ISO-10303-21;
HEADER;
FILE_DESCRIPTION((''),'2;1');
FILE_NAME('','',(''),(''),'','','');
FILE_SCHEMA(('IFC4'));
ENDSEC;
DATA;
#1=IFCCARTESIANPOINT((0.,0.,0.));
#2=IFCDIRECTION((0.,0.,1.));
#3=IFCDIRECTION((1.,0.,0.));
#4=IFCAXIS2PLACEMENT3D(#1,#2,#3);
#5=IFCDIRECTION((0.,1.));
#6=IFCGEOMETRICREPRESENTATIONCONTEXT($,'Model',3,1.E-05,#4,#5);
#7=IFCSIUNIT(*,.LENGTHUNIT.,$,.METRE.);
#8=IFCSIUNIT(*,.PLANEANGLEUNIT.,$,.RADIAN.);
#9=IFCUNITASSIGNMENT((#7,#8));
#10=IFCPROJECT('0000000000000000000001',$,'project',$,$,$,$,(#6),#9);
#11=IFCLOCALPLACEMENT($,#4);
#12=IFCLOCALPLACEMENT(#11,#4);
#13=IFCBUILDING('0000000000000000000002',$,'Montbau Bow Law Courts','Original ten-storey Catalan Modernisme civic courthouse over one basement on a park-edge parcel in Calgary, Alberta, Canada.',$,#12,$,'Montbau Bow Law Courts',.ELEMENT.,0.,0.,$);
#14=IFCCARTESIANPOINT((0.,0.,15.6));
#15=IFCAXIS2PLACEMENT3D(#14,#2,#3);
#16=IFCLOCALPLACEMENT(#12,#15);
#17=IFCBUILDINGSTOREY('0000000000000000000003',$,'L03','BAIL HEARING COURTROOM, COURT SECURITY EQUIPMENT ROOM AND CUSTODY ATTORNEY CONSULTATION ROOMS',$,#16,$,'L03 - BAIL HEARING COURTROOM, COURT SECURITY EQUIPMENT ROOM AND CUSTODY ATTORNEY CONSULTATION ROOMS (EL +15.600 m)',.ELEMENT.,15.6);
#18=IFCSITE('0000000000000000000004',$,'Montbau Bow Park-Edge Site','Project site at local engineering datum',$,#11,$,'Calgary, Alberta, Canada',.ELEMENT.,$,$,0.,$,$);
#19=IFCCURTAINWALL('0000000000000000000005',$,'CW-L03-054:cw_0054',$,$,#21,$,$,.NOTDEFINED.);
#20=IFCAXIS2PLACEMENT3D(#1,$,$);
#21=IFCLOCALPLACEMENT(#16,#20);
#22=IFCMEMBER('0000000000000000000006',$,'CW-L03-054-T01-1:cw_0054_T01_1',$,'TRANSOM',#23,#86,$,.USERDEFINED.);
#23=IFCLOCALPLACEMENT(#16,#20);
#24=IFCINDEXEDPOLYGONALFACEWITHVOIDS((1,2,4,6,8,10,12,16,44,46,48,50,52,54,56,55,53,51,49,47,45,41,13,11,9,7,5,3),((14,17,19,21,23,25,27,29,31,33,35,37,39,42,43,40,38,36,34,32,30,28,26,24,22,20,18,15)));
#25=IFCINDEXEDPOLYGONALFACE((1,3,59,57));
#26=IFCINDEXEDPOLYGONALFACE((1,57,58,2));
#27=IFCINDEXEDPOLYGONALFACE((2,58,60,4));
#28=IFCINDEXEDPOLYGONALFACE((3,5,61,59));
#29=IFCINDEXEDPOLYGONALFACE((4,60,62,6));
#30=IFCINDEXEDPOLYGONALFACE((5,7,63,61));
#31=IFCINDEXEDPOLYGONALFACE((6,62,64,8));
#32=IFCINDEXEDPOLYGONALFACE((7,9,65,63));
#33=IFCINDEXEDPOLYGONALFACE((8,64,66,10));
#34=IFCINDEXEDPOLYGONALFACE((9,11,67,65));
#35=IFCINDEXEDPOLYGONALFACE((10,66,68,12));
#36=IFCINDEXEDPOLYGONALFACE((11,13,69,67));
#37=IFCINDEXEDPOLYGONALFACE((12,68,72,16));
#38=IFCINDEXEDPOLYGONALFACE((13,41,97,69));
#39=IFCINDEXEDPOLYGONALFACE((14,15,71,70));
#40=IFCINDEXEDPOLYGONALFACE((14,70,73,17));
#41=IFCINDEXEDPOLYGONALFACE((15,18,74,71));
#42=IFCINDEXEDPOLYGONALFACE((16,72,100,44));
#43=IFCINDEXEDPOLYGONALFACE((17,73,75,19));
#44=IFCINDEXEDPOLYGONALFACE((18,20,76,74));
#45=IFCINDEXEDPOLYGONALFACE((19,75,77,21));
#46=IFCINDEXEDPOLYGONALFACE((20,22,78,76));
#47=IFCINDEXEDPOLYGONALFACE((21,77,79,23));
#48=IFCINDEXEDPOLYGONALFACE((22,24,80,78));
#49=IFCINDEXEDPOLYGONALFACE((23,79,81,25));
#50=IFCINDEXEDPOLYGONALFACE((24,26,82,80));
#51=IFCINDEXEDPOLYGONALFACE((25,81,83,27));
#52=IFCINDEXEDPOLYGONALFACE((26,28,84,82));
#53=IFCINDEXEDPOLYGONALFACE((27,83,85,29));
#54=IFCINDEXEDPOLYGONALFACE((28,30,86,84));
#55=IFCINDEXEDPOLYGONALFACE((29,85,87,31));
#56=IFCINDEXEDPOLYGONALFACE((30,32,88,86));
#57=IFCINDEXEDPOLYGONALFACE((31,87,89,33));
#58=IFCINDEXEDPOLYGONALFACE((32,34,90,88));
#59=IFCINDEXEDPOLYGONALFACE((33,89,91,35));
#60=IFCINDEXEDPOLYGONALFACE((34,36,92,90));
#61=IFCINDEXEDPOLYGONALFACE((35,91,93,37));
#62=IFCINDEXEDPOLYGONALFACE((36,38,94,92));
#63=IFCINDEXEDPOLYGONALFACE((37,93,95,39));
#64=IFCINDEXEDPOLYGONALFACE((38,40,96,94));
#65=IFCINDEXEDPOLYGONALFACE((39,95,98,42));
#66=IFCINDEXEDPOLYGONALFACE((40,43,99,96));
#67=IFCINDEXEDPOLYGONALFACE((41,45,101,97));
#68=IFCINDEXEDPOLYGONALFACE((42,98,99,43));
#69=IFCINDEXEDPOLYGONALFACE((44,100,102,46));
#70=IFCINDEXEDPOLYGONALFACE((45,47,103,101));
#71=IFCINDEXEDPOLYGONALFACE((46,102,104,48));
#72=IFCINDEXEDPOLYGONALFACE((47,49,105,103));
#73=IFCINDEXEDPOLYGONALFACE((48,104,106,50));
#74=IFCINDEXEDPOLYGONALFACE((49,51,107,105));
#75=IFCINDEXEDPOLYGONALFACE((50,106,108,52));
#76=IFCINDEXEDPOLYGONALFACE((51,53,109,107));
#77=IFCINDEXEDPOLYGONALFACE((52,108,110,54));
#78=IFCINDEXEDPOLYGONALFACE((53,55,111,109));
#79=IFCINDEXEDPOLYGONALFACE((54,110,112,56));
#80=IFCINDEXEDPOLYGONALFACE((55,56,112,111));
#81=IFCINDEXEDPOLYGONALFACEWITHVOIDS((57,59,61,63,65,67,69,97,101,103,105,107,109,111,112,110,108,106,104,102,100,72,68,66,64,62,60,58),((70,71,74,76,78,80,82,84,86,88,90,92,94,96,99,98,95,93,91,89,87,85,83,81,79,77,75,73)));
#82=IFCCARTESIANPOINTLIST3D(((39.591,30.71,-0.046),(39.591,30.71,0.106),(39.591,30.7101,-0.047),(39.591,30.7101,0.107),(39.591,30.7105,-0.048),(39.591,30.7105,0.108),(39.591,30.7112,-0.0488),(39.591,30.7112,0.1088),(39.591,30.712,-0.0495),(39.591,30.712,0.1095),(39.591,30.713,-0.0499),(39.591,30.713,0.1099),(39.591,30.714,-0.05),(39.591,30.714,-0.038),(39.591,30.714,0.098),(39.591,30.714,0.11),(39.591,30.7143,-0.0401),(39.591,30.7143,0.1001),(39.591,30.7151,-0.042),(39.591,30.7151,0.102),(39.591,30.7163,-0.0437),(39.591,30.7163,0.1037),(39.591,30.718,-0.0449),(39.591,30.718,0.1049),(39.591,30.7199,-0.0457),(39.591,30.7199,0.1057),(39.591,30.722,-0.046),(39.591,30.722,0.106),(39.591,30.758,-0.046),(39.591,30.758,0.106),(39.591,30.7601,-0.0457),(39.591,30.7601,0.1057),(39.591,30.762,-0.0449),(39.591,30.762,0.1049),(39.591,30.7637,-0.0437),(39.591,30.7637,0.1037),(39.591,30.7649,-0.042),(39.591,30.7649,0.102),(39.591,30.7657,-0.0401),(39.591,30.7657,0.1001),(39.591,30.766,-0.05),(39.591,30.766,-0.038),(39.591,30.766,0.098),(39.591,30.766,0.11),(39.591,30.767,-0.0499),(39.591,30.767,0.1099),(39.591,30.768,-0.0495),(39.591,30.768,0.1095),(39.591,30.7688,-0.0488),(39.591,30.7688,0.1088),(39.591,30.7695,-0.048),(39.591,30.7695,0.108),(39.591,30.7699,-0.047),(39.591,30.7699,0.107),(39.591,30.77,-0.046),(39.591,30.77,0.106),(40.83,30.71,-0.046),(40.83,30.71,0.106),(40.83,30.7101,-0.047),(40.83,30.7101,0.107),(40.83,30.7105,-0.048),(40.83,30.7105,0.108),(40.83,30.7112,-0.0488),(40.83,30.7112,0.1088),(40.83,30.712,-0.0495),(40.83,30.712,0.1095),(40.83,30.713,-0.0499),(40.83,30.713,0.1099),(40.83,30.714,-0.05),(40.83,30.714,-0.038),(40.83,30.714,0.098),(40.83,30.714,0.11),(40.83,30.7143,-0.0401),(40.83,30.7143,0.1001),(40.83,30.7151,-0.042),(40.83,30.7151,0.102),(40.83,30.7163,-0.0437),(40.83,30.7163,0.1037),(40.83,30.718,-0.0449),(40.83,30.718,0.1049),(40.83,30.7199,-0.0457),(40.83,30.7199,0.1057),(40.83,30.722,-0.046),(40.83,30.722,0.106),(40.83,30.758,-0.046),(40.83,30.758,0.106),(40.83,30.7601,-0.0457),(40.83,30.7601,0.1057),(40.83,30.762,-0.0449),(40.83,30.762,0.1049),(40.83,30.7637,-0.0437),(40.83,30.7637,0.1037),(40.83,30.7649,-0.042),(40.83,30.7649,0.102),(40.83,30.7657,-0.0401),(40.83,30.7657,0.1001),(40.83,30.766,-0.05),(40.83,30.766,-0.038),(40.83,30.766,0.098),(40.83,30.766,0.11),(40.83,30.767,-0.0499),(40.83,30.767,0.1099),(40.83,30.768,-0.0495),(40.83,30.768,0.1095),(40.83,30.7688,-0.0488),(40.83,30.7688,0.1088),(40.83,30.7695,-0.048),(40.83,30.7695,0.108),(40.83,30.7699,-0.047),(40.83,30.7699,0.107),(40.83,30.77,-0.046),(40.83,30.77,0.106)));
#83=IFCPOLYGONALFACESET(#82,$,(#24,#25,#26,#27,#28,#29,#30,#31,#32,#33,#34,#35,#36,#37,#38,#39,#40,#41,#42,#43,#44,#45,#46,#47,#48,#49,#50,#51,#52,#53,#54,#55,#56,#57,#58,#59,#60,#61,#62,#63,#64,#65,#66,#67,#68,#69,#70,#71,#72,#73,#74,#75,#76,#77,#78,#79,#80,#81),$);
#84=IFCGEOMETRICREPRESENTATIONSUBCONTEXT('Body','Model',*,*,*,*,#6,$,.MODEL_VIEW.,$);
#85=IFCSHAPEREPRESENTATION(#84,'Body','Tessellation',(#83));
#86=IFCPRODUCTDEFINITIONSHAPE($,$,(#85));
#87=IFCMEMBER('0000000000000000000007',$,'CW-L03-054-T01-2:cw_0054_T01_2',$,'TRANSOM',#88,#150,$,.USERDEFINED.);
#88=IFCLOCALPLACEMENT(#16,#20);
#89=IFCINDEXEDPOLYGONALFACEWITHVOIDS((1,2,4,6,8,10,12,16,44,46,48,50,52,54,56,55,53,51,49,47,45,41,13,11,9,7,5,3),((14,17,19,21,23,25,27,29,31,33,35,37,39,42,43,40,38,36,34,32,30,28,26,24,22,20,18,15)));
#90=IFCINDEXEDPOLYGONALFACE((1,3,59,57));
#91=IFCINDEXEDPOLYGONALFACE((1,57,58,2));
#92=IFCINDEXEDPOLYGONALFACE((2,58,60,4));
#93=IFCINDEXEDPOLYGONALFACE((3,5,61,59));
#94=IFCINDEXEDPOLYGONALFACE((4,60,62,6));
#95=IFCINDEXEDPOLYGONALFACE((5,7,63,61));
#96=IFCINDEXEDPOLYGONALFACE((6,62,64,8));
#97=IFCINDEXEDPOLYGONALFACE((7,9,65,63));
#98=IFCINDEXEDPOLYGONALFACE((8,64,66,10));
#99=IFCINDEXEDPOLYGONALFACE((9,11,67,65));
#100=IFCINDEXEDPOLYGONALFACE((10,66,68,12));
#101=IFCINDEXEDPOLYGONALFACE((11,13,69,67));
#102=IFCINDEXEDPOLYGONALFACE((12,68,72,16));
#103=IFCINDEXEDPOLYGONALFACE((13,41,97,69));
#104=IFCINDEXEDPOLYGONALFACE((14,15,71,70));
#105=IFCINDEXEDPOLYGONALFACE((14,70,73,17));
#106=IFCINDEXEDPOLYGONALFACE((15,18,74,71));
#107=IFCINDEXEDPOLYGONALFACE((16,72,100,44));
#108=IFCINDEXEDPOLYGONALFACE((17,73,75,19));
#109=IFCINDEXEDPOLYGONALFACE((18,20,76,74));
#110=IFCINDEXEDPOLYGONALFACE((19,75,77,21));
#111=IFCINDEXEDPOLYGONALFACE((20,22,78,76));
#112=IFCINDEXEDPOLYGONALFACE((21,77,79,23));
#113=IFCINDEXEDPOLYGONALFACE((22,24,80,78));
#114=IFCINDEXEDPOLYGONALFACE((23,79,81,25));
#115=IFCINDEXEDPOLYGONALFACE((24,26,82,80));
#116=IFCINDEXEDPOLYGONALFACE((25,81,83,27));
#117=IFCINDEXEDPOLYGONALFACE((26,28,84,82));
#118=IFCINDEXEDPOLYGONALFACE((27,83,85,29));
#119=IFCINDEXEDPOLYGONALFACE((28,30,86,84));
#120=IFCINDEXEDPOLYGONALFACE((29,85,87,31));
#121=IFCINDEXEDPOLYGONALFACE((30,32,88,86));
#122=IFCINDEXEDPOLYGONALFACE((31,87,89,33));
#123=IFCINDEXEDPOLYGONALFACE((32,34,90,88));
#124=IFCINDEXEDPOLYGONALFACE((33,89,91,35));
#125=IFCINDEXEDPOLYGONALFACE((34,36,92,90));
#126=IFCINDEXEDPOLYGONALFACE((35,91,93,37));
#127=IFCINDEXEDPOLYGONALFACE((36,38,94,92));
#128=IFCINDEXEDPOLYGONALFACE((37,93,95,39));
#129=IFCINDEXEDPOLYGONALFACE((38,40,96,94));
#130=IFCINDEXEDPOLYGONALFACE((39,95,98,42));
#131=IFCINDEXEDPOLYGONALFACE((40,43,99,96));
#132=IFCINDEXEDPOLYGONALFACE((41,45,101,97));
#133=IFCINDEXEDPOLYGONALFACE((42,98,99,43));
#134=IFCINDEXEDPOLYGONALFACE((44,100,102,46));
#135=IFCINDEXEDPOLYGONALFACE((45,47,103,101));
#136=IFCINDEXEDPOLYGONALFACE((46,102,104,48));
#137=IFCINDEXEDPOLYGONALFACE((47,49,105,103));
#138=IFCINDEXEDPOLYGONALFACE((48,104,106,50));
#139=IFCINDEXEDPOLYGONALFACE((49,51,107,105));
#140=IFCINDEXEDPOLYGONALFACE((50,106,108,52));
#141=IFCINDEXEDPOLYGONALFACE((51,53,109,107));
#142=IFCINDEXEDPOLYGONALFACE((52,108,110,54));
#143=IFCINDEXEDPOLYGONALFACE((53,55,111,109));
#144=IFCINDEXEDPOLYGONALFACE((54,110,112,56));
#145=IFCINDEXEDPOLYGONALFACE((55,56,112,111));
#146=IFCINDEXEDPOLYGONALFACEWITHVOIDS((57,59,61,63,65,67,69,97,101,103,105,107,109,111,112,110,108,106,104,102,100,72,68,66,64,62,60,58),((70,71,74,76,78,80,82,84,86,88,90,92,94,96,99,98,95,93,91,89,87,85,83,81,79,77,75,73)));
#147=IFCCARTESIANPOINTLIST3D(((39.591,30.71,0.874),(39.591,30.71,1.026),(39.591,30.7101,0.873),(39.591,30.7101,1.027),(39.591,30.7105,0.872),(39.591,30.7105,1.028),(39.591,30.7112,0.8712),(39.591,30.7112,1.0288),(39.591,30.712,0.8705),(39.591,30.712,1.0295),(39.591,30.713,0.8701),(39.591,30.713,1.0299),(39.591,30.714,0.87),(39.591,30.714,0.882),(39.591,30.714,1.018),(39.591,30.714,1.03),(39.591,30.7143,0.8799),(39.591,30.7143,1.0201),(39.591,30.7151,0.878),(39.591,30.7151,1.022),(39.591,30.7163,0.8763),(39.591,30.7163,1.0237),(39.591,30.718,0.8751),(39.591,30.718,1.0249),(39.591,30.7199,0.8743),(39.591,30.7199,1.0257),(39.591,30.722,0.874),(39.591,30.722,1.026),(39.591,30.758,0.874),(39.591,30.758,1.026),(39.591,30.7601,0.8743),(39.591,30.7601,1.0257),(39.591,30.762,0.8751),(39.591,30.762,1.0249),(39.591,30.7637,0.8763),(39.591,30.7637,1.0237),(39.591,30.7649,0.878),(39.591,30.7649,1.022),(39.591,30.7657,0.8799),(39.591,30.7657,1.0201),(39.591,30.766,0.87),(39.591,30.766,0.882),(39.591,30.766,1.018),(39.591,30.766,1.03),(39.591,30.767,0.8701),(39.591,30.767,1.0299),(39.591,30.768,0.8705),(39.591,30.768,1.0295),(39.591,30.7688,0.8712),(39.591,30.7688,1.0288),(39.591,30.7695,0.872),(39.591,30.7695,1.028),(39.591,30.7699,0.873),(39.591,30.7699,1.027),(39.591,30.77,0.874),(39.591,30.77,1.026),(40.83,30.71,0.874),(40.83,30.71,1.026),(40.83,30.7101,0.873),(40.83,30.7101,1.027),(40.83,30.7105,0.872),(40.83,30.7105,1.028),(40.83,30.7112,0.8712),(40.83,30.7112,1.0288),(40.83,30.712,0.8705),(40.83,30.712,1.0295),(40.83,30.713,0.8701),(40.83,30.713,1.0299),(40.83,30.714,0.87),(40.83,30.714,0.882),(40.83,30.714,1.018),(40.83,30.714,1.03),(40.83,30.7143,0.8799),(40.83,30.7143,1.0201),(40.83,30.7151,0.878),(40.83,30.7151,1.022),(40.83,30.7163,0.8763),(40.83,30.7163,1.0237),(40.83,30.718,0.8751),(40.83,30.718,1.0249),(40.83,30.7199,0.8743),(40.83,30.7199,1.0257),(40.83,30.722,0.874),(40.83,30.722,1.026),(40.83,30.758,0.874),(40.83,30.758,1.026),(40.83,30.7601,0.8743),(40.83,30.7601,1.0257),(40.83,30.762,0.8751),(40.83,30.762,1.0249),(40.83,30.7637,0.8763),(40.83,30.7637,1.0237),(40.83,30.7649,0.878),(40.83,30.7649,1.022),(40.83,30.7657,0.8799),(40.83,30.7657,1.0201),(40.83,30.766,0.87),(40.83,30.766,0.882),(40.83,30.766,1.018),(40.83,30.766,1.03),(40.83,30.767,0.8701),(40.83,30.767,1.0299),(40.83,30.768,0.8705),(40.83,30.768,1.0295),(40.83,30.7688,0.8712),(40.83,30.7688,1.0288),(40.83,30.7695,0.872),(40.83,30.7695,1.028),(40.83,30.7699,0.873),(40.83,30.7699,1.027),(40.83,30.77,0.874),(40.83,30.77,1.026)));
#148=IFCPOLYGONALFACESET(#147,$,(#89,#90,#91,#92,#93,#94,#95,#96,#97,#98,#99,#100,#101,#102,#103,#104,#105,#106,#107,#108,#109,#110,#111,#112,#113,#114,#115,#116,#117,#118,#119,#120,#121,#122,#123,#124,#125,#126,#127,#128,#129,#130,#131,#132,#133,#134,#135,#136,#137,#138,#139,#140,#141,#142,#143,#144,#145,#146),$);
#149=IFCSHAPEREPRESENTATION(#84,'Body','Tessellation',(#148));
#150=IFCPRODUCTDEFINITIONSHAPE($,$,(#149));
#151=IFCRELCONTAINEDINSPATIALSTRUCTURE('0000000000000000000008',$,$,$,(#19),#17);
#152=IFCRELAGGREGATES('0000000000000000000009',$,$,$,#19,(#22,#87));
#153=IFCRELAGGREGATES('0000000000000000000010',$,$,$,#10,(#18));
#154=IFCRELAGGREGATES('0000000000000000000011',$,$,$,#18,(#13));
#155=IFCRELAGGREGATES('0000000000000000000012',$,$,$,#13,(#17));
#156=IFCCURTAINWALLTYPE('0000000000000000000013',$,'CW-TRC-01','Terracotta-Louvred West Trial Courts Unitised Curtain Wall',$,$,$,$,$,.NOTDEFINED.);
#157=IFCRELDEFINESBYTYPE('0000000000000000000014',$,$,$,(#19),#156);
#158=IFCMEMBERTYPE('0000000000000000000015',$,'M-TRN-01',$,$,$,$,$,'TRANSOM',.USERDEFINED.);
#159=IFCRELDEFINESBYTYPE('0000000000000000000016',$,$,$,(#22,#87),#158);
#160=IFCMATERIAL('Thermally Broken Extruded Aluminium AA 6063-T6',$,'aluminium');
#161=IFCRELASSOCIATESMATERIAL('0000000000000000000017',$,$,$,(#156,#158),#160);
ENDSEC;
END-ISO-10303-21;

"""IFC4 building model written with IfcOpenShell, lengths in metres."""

from ifc_helpers import new_model, si_unit, direction, frame, origin_with_axes, origin_2d_with_axis, place, context, subcontext, project, spatial, hollow_rectangle, extrude, material, material_profile, profile_set, type_object, element, aggregate, save


model = new_model("IFC4")

# Units and contexts
model_context = context("Model", 3, precision=1e-05, world=origin_with_axes(), true_north=direction((0.0, 1.0)))
body_context = subcontext(model_context, "Body", "Model", "MODEL_VIEW")
ifc_project = project(units=[si_unit("LENGTHUNIT", "METRE"), si_unit("PLANEANGLEUNIT", "RADIAN")], contexts=[model_context])

# Site, building, storey
site_placement = place(None, origin_with_axes())
site = spatial("IfcSite", under=ifc_project, at=site_placement, Name="Montbau Bow Park-Edge Site", Description="Project site at local engineering datum", LongName="Calgary, Alberta, Canada", CompositionType="ELEMENT", RefElevation=0.0)
building_placement = place(site_placement, origin_with_axes())
building = spatial("IfcBuilding", under=site, at=building_placement, Name="Montbau Bow Law Courts", Description="Original ten-storey Catalan Modernisme civic courthouse over one basement on a park-edge parcel in Calgary, Alberta, Canada.", LongName="Montbau Bow Law Courts", CompositionType="ELEMENT", ElevationOfRefHeight=0.0, ElevationOfTerrain=0.0)
storey_placement = place(building_placement, frame((0.0, 0.0, 15.6), z_axis=(0.0, 0.0, 1.0), x_axis=(1.0, 0.0, 0.0)))
storey = spatial("IfcBuildingStorey", under=building, at=storey_placement, Name="L03", Description="BAIL HEARING COURTROOM, COURT SECURITY EQUIPMENT ROOM AND CUSTODY ATTORNEY CONSULTATION ROOMS", LongName="L03 - BAIL HEARING COURTROOM, COURT SECURITY EQUIPMENT ROOM AND CUSTODY ATTORNEY CONSULTATION ROOMS (EL +15.600 m)", CompositionType="ELEMENT", Elevation=15.6)

# Curtain wall
ifc_material_1 = material(Name="Thermally Broken Extruded Aluminium AA 6063-T6", Category="aluminium")
curtain_wall_type = type_object("IfcCurtainWallType", Name="CW-TRC-01", Description="Terracotta-Louvred West Trial Courts Unitised Curtain Wall", PredefinedType="NOTDEFINED", material=ifc_material_1)
curtain_wall_1_placement = place(None, frame((39.515, 30.74, 15.6), z_axis=(0.0, 0.0, 1.0), x_axis=(1.0, 0.0, 0.0)))
curtain_wall_1 = element("IfcCurtainWall", 1, at=curtain_wall_1_placement, inside=storey, type_object=curtain_wall_type, Name="CW-L03-054:cw_0054", PredefinedType="NOTDEFINED")

# Members
ifc_material_profile_1 = material_profile(ifc_material_1, hollow_rectangle(XDim=0.06, YDim=0.16, WallThickness=0.004, InnerFilletRadius=0.008, OuterFilletRadius=0.004, at=origin_2d_with_axis()), Name="CWT-160X60", Category="Main", Priority=0)
ifc_profile_set_1 = profile_set([ifc_material_profile_1], Name="Thermally Broken Extruded Aluminium AA 6063-T6")
member_type_1 = type_object("IfcMemberType", Name="M-TRN-01", ElementType="TRANSOM", PredefinedType="USERDEFINED", material=ifc_profile_set_1)
member_1_placement = place(None, frame((39.591, 30.74, 15.63), z_axis=(1.0, 0.0, 0.0), x_axis=(0.0, 1.0, 0.0)))
member_1 = element("IfcMember", 2, at=member_1_placement, type_object=member_type_1, Name="CW-L03-054-T01-1:cw_0054_T01_1", ObjectType="TRANSOM", PredefinedType="USERDEFINED", context=body_context, shape_type="SweptSolid", body=[
    extrude(hollow_rectangle(XDim=0.06, YDim=0.16, WallThickness=0.004, InnerFilletRadius=0.008, OuterFilletRadius=0.004, at=origin_2d_with_axis()), origin_with_axes(), (0.0, 0.0, 1.0), 1.239),
])
member_2_placement = place(None, frame((39.591, 30.74, 16.55), z_axis=(1.0, 0.0, 0.0), x_axis=(0.0, 1.0, 0.0)))
member_2 = element("IfcMember", 3, at=member_2_placement, type_object=member_type_1, Name="CW-L03-054-T01-2:cw_0054_T01_2", ObjectType="TRANSOM", PredefinedType="USERDEFINED", context=body_context, shape_type="SweptSolid", body=[
    extrude(hollow_rectangle(XDim=0.06, YDim=0.16, WallThickness=0.004, InnerFilletRadius=0.008, OuterFilletRadius=0.004, at=origin_2d_with_axis()), origin_with_axes(), (0.0, 0.0, 1.0), 1.239),
])

aggregate(curtain_wall_1, [member_1, member_2])

save(model, "model.ifc")
